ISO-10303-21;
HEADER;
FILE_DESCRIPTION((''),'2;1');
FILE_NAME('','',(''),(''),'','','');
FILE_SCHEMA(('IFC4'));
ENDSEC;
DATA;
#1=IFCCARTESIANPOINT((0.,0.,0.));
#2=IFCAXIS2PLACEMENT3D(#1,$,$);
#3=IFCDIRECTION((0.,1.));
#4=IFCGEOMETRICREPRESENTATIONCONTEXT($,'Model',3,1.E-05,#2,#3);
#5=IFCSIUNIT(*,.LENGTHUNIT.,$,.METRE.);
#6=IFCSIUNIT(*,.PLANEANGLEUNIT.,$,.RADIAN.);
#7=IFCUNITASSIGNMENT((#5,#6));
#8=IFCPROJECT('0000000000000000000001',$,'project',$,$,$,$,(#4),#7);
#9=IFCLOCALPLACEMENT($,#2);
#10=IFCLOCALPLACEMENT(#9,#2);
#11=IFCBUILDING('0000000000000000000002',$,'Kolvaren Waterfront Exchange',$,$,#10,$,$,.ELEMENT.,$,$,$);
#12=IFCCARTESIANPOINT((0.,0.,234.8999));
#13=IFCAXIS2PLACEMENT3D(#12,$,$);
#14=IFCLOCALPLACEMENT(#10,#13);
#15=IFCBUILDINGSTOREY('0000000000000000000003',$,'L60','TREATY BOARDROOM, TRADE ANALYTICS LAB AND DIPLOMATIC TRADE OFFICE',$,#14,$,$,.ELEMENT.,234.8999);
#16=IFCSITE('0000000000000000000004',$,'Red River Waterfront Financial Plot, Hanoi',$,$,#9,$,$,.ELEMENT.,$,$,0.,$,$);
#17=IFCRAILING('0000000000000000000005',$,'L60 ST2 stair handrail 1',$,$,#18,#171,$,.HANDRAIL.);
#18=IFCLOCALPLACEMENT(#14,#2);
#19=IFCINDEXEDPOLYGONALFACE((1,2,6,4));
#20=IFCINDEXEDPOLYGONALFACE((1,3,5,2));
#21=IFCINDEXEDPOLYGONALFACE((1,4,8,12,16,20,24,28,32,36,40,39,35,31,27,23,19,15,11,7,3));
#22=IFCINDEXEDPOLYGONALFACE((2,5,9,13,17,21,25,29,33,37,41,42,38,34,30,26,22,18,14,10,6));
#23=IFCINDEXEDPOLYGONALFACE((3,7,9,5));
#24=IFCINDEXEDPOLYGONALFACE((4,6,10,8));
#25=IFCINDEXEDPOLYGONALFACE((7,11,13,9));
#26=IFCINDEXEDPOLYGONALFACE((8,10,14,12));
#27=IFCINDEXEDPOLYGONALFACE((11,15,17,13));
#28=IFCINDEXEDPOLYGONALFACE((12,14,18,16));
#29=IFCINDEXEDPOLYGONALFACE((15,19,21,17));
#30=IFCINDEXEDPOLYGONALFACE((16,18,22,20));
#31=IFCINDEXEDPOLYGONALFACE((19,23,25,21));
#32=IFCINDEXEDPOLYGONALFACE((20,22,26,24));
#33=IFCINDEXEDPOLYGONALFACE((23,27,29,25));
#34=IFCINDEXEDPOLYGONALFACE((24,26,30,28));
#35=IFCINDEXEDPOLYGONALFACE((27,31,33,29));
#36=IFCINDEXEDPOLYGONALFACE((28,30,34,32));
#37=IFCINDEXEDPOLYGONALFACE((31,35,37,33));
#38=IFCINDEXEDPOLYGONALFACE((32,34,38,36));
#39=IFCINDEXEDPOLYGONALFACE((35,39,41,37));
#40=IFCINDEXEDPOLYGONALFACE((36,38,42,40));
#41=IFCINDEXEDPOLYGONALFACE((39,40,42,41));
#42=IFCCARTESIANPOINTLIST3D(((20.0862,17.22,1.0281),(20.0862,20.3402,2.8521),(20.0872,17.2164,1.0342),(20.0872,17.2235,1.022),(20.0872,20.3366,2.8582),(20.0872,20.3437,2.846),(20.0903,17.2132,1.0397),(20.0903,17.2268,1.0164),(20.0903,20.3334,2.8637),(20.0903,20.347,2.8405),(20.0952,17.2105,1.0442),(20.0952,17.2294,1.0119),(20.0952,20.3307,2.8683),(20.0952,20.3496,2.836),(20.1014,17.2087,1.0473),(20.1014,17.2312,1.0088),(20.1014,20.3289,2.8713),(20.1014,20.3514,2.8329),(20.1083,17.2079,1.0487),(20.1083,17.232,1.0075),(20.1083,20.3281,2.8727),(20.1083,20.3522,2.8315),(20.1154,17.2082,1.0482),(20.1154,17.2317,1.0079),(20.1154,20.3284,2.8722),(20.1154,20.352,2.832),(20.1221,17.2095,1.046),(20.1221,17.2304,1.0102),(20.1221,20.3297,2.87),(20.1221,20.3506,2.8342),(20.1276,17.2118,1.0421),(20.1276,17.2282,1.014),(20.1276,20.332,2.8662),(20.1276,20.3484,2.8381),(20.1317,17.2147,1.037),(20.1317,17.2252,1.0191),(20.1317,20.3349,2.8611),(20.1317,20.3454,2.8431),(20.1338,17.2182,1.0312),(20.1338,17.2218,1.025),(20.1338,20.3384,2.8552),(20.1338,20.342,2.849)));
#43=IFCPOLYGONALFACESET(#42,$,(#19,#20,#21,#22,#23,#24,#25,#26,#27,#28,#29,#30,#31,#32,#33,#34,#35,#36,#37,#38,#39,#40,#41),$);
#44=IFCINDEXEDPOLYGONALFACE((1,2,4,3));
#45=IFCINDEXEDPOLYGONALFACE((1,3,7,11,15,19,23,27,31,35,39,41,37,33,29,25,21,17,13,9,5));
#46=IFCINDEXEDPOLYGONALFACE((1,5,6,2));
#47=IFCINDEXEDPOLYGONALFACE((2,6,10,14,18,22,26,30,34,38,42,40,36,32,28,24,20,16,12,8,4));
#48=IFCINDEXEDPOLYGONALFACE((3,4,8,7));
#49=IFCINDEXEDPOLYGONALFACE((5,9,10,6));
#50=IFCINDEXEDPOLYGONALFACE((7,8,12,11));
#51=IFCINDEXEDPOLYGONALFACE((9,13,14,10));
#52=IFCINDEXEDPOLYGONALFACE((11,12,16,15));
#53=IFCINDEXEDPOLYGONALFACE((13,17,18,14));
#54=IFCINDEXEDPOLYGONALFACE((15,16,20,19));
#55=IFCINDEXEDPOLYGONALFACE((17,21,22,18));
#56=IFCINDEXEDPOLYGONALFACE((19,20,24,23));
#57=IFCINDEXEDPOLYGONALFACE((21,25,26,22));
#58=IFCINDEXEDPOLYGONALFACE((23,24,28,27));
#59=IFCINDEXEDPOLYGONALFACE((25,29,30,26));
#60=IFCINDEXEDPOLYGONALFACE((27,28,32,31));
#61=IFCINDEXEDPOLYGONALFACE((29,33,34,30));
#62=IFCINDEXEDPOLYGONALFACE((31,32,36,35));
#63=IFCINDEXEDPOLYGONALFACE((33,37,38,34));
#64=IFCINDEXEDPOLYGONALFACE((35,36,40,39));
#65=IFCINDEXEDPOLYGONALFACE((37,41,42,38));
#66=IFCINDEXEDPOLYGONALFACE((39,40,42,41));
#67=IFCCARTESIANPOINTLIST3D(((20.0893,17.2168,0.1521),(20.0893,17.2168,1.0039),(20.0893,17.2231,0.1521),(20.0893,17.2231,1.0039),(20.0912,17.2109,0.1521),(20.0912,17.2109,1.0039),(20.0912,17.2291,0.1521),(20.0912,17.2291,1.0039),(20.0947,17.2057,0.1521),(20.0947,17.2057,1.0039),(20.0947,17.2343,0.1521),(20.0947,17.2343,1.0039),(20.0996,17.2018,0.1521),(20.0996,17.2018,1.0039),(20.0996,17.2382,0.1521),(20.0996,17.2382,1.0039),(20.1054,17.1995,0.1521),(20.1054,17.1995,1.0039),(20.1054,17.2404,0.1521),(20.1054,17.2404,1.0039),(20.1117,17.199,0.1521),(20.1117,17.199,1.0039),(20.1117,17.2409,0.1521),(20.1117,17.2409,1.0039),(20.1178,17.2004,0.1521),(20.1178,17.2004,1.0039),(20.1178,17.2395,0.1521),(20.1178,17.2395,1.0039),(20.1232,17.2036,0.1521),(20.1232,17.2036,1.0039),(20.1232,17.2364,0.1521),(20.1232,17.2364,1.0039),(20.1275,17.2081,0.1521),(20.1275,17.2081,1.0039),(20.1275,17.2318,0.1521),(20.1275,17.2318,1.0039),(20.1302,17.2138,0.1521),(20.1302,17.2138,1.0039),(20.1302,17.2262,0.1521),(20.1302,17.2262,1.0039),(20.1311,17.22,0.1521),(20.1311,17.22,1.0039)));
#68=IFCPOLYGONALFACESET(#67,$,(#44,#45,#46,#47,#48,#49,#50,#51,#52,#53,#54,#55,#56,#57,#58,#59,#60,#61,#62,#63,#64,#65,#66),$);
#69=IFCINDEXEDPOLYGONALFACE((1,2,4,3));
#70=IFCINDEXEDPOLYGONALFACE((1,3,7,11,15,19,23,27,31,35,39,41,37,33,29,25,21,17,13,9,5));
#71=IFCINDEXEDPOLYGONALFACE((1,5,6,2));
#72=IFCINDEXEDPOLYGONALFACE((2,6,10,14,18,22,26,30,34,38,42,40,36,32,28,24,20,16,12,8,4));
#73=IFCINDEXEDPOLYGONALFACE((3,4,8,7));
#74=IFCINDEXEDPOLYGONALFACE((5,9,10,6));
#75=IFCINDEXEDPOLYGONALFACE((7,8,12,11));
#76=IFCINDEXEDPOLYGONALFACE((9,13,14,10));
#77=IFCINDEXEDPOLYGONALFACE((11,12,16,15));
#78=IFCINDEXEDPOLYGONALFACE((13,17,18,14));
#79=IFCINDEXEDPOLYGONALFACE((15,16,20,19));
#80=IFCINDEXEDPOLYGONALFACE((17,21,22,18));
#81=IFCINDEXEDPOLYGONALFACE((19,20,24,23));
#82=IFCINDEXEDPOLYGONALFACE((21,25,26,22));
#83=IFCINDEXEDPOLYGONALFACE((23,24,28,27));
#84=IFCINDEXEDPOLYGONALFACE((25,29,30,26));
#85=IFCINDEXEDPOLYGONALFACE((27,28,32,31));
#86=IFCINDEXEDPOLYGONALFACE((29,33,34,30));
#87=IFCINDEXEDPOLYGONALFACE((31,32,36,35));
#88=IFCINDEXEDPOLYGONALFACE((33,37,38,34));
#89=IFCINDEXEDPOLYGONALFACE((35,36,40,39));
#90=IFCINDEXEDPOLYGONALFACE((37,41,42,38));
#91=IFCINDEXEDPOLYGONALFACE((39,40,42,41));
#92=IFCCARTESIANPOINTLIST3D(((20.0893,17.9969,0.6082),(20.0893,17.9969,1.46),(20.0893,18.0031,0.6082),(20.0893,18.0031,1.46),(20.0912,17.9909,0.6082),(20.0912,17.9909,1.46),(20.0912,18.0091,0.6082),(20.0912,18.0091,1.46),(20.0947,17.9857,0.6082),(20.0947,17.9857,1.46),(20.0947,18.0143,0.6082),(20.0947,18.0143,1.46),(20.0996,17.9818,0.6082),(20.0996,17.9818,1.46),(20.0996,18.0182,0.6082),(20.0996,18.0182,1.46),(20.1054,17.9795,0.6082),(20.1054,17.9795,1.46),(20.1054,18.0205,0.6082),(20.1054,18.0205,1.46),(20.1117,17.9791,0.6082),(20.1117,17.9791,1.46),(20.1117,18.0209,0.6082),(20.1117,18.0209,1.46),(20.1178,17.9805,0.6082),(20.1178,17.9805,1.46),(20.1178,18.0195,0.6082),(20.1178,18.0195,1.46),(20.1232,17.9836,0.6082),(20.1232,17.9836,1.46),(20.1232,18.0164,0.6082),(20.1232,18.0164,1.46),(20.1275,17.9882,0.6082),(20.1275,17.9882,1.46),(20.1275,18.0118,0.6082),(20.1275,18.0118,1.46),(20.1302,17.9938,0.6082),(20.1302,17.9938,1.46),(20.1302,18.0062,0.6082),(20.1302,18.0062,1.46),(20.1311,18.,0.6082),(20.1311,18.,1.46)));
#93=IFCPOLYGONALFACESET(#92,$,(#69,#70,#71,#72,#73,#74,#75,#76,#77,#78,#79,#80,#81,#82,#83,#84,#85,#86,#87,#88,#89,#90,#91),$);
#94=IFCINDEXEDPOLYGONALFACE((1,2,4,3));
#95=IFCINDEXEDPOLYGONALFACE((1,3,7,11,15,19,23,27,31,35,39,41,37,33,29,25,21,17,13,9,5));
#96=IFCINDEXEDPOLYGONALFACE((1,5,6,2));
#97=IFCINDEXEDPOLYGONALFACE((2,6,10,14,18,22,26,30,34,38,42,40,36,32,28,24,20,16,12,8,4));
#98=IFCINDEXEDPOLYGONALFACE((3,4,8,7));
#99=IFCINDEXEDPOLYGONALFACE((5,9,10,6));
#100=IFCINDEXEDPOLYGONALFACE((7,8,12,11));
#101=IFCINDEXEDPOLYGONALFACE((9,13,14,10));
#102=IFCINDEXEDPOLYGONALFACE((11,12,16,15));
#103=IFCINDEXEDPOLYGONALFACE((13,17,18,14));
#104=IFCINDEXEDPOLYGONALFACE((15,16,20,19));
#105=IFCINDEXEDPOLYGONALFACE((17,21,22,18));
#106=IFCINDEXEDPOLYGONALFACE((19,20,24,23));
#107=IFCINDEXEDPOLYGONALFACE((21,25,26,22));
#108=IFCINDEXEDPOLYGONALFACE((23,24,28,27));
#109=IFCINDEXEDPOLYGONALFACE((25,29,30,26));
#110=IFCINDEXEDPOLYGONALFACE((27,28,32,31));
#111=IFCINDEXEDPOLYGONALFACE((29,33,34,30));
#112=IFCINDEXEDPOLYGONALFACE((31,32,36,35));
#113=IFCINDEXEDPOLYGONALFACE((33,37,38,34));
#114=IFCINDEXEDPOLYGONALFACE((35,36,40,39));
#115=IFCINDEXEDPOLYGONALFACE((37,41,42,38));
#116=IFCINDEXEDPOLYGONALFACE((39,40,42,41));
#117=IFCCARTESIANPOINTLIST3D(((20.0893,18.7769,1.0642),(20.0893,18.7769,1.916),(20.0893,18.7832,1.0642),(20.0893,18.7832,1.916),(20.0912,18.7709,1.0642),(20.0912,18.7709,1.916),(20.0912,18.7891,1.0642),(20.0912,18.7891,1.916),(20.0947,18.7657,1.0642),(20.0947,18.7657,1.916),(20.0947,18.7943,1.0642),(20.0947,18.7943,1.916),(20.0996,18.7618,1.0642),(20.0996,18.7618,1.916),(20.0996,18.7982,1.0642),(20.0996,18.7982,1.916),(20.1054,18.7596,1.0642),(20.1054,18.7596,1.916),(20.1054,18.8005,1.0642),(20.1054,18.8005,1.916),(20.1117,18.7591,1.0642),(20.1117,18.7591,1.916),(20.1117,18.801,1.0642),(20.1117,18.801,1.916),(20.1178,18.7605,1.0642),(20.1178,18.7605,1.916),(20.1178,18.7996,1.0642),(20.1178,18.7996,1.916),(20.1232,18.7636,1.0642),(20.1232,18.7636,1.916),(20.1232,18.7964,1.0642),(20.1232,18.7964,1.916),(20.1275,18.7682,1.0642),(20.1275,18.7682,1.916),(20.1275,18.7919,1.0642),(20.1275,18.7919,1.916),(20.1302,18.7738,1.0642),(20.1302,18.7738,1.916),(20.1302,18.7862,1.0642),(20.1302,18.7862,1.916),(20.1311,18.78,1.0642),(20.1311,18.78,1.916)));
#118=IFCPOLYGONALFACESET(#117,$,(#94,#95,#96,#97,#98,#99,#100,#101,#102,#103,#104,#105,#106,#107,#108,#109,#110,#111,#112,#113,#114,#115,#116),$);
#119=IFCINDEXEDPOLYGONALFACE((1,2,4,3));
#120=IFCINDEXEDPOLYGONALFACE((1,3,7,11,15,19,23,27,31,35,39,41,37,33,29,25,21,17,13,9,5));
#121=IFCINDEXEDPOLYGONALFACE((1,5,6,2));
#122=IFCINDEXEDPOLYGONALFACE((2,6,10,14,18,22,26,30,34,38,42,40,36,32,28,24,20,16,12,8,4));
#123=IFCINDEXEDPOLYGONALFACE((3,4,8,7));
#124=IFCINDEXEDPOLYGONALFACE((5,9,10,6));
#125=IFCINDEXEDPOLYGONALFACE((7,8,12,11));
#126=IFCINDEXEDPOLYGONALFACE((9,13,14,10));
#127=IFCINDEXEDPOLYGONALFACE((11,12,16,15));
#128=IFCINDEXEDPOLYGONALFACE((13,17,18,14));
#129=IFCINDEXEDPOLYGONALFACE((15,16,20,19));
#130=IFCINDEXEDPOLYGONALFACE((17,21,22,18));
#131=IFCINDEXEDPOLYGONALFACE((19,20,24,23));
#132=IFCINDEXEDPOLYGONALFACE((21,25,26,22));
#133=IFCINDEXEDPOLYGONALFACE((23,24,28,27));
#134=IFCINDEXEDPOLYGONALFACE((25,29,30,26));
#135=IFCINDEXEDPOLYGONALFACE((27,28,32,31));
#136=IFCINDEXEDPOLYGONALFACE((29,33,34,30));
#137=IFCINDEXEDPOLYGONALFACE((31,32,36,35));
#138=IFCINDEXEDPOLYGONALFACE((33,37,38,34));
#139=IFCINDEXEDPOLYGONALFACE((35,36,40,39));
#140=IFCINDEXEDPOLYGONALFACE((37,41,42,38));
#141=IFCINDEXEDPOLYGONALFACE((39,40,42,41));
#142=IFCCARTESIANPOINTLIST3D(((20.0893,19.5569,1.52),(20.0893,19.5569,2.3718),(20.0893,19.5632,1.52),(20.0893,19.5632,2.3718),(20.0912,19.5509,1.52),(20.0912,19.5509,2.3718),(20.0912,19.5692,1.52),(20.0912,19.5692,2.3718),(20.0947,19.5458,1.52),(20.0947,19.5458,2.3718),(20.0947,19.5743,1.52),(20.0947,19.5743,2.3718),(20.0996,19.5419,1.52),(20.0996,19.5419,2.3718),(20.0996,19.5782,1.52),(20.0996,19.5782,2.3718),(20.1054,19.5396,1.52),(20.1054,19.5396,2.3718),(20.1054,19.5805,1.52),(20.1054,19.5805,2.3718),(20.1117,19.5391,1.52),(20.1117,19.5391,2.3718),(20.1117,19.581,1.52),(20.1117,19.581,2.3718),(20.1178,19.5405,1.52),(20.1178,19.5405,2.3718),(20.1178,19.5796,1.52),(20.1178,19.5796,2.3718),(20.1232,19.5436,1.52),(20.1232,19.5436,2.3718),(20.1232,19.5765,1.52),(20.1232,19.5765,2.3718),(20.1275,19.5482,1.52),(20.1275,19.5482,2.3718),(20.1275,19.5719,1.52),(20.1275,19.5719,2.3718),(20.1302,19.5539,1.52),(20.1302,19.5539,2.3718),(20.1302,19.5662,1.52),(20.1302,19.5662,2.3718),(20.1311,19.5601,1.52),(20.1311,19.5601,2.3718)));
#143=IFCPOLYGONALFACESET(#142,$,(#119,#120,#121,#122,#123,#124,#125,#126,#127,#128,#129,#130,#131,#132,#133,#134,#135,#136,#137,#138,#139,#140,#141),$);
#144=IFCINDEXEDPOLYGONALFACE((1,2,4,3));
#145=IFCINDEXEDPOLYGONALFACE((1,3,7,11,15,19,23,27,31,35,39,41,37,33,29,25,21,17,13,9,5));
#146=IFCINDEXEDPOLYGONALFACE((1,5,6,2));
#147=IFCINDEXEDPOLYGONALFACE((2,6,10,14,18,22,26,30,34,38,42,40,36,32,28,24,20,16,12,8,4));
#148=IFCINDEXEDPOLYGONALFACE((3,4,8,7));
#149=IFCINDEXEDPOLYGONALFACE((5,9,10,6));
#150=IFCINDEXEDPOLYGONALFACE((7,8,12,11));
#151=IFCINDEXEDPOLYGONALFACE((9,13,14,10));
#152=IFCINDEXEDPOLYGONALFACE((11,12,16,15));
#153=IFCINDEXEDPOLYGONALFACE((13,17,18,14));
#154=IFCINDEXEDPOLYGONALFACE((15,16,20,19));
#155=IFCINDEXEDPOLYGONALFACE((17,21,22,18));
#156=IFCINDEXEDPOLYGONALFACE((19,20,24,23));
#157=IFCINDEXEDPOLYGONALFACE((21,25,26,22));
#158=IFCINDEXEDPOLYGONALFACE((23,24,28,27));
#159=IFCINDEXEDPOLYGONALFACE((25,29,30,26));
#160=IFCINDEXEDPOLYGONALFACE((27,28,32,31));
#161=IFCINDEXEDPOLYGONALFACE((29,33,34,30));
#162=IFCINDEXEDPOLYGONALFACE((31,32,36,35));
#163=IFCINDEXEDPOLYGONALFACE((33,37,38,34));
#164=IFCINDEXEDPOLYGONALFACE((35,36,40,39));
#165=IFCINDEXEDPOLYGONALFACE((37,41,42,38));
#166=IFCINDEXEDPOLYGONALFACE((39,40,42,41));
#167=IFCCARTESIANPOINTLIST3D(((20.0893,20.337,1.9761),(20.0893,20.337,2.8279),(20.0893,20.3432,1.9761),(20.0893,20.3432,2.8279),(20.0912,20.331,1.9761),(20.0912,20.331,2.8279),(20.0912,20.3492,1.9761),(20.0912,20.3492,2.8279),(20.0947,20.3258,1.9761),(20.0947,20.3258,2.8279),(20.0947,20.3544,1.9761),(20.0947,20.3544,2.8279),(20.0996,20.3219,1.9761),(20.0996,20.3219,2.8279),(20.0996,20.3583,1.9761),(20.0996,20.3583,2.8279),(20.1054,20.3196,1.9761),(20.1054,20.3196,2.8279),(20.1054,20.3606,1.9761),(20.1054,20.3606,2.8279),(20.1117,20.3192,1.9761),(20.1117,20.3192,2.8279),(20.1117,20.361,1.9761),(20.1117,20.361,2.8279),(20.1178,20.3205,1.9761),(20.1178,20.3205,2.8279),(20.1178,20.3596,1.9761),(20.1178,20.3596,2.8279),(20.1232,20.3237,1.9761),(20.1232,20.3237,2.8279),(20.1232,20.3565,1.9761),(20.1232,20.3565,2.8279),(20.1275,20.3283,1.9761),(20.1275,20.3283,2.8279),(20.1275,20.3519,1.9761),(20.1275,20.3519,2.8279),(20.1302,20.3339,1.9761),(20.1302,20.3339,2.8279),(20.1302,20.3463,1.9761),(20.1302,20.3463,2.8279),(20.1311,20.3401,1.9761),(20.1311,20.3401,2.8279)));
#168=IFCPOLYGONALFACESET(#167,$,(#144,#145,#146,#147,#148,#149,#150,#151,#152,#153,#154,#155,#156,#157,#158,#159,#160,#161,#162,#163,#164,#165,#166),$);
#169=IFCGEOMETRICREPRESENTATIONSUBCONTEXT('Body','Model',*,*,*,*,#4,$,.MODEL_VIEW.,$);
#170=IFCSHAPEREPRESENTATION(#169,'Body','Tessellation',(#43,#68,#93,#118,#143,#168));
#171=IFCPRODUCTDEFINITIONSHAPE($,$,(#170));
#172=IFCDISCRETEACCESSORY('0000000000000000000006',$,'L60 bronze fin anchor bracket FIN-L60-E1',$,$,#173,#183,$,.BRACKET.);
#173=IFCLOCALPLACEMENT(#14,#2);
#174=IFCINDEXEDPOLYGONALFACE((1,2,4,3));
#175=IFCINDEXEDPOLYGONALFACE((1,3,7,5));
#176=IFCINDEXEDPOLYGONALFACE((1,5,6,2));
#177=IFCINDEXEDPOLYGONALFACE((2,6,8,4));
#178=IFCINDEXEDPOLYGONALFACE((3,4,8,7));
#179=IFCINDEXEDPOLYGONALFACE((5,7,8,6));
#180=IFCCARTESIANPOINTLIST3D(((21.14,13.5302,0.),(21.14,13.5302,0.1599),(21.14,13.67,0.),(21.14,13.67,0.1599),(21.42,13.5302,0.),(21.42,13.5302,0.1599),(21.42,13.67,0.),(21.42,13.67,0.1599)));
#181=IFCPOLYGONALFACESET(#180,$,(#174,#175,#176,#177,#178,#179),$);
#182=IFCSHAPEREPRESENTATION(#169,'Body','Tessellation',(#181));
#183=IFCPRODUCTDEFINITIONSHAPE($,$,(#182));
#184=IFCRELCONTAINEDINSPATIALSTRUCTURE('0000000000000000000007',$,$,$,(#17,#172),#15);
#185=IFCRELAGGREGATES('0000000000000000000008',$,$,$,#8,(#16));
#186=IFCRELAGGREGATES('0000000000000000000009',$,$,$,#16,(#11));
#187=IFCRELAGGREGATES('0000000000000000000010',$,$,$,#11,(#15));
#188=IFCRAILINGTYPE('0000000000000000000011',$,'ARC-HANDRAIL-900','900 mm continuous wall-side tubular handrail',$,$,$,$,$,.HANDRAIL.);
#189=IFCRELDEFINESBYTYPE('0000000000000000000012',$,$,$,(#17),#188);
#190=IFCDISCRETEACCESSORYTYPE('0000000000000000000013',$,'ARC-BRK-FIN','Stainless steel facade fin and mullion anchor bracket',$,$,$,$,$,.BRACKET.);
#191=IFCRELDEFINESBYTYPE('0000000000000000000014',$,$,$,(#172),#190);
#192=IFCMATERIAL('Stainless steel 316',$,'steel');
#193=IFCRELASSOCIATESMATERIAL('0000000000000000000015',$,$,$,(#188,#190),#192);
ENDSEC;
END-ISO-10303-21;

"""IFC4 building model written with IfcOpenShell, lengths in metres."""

from ifc_helpers import new_model, si_unit, direction, frame, origin, origin_with_axes, origin_2d, place, context, subcontext, project, spatial, rectangle, circle, extrude, source, transform, mapped, material, type_object, element, save


model = new_model("IFC4")

# Units and contexts
model_context = context("Model", 3, precision=1e-05, world=origin(), true_north=direction((0.0, 1.0)))
body_context = subcontext(model_context, "Body", "Model", "MODEL_VIEW")
ifc_project = project(units=[si_unit("LENGTHUNIT", "METRE"), si_unit("PLANEANGLEUNIT", "RADIAN")], contexts=[model_context])

# Site, building, storey
site_placement = place(None, origin())
site = spatial("IfcSite", under=ifc_project, at=site_placement, Name="Red River Waterfront Financial Plot, Hanoi", CompositionType="ELEMENT", RefElevation=0.0)
building_placement = place(site_placement, origin())
building = spatial("IfcBuilding", under=site, at=building_placement, Name="Kolvaren Waterfront Exchange", CompositionType="ELEMENT")
storey_placement = place(building_placement, frame((0.0, 0.0, 234.8999)))
storey = spatial("IfcBuildingStorey", under=building, at=storey_placement, Name="L60", Description="TREATY BOARDROOM, TRADE ANALYTICS LAB AND DIPLOMATIC TRADE OFFICE", CompositionType="ELEMENT", Elevation=234.8999)

# Railing
ifc_material_1 = material(Name="Stainless steel 316", Category="steel")
railing_type_1 = type_object("IfcRailingType", Name="ARC-HANDRAIL-900", Description="900 mm continuous wall-side tubular handrail", PredefinedType="HANDRAIL", material=ifc_material_1)
railing_1_placement = place(storey_placement, frame((20.1101, 17.22, 0.1521)))
element("IfcRailing", 1, at=railing_1_placement, inside=storey, type_object=railing_type_1, Name="L60 ST2 stair handrail 1", PredefinedType="HANDRAIL", context=body_context, shape_type="SweptSolid", body=[
    extrude(circle(Radius=0.0239, at=origin_2d()), frame((0.0, 0.0, 0.876), z_axis=(0.0, 0.863308, 0.504677), x_axis=(-1.0, 0.0, 0.0)), (0.0, 0.0, 1.0), 3.6143),
    extrude(circle(Radius=0.021, at=origin_2d()), origin(), (0.0, 0.0, 1.0), 0.8518),
    extrude(circle(Radius=0.021, at=origin_2d()), frame((0.0, 0.78, 0.4561)), (0.0, 0.0, 1.0), 0.8518),
    extrude(circle(Radius=0.021, at=origin_2d()), frame((0.0, 1.5601, 0.9121)), (0.0, 0.0, 1.0), 0.8518),
    extrude(circle(Radius=0.021, at=origin_2d()), frame((0.0, 2.3401, 1.3679)), (0.0, 0.0, 1.0), 0.8518),
    extrude(circle(Radius=0.021, at=origin_2d()), frame((0.0, 3.1201, 1.824)), (0.0, 0.0, 1.0), 0.8518),
])

# Discrete accessory
discrete_accessory_type = type_object("IfcDiscreteAccessoryType", Name="ARC-BRK-FIN", Description="Stainless steel facade fin and mullion anchor bracket", PredefinedType="BRACKET", material=ifc_material_1)
shared_shape = source(origin_with_axes(), body_context, "Body", "SweptSolid", [
    extrude(rectangle(XDim=0.28, YDim=0.1399, at=origin_2d()), origin(), (0.0, 0.0, 1.0), 0.1599),
])
discrete_accessory_placement = place(storey_placement, frame((21.28, 13.6001, 0.0), z_axis=(0.0, 0.0, 1.0), x_axis=(1.0, 0.0, 0.0)))
element("IfcDiscreteAccessory", 2, at=discrete_accessory_placement, inside=storey, type_object=discrete_accessory_type, Name="L60 bronze fin anchor bracket FIN-L60-E1", PredefinedType="BRACKET", context=body_context, shape_type="MappedRepresentation", body=[
    mapped(shared_shape, transform((0.0, 0.0, 0.0), x_axis=(1.0, 0.0, 0.0), y_axis=(0.0, 1.0, 0.0), z_axis=(0.0, 0.0, 1.0), scale=1.0)),
])

save(model, "model.ifc")
